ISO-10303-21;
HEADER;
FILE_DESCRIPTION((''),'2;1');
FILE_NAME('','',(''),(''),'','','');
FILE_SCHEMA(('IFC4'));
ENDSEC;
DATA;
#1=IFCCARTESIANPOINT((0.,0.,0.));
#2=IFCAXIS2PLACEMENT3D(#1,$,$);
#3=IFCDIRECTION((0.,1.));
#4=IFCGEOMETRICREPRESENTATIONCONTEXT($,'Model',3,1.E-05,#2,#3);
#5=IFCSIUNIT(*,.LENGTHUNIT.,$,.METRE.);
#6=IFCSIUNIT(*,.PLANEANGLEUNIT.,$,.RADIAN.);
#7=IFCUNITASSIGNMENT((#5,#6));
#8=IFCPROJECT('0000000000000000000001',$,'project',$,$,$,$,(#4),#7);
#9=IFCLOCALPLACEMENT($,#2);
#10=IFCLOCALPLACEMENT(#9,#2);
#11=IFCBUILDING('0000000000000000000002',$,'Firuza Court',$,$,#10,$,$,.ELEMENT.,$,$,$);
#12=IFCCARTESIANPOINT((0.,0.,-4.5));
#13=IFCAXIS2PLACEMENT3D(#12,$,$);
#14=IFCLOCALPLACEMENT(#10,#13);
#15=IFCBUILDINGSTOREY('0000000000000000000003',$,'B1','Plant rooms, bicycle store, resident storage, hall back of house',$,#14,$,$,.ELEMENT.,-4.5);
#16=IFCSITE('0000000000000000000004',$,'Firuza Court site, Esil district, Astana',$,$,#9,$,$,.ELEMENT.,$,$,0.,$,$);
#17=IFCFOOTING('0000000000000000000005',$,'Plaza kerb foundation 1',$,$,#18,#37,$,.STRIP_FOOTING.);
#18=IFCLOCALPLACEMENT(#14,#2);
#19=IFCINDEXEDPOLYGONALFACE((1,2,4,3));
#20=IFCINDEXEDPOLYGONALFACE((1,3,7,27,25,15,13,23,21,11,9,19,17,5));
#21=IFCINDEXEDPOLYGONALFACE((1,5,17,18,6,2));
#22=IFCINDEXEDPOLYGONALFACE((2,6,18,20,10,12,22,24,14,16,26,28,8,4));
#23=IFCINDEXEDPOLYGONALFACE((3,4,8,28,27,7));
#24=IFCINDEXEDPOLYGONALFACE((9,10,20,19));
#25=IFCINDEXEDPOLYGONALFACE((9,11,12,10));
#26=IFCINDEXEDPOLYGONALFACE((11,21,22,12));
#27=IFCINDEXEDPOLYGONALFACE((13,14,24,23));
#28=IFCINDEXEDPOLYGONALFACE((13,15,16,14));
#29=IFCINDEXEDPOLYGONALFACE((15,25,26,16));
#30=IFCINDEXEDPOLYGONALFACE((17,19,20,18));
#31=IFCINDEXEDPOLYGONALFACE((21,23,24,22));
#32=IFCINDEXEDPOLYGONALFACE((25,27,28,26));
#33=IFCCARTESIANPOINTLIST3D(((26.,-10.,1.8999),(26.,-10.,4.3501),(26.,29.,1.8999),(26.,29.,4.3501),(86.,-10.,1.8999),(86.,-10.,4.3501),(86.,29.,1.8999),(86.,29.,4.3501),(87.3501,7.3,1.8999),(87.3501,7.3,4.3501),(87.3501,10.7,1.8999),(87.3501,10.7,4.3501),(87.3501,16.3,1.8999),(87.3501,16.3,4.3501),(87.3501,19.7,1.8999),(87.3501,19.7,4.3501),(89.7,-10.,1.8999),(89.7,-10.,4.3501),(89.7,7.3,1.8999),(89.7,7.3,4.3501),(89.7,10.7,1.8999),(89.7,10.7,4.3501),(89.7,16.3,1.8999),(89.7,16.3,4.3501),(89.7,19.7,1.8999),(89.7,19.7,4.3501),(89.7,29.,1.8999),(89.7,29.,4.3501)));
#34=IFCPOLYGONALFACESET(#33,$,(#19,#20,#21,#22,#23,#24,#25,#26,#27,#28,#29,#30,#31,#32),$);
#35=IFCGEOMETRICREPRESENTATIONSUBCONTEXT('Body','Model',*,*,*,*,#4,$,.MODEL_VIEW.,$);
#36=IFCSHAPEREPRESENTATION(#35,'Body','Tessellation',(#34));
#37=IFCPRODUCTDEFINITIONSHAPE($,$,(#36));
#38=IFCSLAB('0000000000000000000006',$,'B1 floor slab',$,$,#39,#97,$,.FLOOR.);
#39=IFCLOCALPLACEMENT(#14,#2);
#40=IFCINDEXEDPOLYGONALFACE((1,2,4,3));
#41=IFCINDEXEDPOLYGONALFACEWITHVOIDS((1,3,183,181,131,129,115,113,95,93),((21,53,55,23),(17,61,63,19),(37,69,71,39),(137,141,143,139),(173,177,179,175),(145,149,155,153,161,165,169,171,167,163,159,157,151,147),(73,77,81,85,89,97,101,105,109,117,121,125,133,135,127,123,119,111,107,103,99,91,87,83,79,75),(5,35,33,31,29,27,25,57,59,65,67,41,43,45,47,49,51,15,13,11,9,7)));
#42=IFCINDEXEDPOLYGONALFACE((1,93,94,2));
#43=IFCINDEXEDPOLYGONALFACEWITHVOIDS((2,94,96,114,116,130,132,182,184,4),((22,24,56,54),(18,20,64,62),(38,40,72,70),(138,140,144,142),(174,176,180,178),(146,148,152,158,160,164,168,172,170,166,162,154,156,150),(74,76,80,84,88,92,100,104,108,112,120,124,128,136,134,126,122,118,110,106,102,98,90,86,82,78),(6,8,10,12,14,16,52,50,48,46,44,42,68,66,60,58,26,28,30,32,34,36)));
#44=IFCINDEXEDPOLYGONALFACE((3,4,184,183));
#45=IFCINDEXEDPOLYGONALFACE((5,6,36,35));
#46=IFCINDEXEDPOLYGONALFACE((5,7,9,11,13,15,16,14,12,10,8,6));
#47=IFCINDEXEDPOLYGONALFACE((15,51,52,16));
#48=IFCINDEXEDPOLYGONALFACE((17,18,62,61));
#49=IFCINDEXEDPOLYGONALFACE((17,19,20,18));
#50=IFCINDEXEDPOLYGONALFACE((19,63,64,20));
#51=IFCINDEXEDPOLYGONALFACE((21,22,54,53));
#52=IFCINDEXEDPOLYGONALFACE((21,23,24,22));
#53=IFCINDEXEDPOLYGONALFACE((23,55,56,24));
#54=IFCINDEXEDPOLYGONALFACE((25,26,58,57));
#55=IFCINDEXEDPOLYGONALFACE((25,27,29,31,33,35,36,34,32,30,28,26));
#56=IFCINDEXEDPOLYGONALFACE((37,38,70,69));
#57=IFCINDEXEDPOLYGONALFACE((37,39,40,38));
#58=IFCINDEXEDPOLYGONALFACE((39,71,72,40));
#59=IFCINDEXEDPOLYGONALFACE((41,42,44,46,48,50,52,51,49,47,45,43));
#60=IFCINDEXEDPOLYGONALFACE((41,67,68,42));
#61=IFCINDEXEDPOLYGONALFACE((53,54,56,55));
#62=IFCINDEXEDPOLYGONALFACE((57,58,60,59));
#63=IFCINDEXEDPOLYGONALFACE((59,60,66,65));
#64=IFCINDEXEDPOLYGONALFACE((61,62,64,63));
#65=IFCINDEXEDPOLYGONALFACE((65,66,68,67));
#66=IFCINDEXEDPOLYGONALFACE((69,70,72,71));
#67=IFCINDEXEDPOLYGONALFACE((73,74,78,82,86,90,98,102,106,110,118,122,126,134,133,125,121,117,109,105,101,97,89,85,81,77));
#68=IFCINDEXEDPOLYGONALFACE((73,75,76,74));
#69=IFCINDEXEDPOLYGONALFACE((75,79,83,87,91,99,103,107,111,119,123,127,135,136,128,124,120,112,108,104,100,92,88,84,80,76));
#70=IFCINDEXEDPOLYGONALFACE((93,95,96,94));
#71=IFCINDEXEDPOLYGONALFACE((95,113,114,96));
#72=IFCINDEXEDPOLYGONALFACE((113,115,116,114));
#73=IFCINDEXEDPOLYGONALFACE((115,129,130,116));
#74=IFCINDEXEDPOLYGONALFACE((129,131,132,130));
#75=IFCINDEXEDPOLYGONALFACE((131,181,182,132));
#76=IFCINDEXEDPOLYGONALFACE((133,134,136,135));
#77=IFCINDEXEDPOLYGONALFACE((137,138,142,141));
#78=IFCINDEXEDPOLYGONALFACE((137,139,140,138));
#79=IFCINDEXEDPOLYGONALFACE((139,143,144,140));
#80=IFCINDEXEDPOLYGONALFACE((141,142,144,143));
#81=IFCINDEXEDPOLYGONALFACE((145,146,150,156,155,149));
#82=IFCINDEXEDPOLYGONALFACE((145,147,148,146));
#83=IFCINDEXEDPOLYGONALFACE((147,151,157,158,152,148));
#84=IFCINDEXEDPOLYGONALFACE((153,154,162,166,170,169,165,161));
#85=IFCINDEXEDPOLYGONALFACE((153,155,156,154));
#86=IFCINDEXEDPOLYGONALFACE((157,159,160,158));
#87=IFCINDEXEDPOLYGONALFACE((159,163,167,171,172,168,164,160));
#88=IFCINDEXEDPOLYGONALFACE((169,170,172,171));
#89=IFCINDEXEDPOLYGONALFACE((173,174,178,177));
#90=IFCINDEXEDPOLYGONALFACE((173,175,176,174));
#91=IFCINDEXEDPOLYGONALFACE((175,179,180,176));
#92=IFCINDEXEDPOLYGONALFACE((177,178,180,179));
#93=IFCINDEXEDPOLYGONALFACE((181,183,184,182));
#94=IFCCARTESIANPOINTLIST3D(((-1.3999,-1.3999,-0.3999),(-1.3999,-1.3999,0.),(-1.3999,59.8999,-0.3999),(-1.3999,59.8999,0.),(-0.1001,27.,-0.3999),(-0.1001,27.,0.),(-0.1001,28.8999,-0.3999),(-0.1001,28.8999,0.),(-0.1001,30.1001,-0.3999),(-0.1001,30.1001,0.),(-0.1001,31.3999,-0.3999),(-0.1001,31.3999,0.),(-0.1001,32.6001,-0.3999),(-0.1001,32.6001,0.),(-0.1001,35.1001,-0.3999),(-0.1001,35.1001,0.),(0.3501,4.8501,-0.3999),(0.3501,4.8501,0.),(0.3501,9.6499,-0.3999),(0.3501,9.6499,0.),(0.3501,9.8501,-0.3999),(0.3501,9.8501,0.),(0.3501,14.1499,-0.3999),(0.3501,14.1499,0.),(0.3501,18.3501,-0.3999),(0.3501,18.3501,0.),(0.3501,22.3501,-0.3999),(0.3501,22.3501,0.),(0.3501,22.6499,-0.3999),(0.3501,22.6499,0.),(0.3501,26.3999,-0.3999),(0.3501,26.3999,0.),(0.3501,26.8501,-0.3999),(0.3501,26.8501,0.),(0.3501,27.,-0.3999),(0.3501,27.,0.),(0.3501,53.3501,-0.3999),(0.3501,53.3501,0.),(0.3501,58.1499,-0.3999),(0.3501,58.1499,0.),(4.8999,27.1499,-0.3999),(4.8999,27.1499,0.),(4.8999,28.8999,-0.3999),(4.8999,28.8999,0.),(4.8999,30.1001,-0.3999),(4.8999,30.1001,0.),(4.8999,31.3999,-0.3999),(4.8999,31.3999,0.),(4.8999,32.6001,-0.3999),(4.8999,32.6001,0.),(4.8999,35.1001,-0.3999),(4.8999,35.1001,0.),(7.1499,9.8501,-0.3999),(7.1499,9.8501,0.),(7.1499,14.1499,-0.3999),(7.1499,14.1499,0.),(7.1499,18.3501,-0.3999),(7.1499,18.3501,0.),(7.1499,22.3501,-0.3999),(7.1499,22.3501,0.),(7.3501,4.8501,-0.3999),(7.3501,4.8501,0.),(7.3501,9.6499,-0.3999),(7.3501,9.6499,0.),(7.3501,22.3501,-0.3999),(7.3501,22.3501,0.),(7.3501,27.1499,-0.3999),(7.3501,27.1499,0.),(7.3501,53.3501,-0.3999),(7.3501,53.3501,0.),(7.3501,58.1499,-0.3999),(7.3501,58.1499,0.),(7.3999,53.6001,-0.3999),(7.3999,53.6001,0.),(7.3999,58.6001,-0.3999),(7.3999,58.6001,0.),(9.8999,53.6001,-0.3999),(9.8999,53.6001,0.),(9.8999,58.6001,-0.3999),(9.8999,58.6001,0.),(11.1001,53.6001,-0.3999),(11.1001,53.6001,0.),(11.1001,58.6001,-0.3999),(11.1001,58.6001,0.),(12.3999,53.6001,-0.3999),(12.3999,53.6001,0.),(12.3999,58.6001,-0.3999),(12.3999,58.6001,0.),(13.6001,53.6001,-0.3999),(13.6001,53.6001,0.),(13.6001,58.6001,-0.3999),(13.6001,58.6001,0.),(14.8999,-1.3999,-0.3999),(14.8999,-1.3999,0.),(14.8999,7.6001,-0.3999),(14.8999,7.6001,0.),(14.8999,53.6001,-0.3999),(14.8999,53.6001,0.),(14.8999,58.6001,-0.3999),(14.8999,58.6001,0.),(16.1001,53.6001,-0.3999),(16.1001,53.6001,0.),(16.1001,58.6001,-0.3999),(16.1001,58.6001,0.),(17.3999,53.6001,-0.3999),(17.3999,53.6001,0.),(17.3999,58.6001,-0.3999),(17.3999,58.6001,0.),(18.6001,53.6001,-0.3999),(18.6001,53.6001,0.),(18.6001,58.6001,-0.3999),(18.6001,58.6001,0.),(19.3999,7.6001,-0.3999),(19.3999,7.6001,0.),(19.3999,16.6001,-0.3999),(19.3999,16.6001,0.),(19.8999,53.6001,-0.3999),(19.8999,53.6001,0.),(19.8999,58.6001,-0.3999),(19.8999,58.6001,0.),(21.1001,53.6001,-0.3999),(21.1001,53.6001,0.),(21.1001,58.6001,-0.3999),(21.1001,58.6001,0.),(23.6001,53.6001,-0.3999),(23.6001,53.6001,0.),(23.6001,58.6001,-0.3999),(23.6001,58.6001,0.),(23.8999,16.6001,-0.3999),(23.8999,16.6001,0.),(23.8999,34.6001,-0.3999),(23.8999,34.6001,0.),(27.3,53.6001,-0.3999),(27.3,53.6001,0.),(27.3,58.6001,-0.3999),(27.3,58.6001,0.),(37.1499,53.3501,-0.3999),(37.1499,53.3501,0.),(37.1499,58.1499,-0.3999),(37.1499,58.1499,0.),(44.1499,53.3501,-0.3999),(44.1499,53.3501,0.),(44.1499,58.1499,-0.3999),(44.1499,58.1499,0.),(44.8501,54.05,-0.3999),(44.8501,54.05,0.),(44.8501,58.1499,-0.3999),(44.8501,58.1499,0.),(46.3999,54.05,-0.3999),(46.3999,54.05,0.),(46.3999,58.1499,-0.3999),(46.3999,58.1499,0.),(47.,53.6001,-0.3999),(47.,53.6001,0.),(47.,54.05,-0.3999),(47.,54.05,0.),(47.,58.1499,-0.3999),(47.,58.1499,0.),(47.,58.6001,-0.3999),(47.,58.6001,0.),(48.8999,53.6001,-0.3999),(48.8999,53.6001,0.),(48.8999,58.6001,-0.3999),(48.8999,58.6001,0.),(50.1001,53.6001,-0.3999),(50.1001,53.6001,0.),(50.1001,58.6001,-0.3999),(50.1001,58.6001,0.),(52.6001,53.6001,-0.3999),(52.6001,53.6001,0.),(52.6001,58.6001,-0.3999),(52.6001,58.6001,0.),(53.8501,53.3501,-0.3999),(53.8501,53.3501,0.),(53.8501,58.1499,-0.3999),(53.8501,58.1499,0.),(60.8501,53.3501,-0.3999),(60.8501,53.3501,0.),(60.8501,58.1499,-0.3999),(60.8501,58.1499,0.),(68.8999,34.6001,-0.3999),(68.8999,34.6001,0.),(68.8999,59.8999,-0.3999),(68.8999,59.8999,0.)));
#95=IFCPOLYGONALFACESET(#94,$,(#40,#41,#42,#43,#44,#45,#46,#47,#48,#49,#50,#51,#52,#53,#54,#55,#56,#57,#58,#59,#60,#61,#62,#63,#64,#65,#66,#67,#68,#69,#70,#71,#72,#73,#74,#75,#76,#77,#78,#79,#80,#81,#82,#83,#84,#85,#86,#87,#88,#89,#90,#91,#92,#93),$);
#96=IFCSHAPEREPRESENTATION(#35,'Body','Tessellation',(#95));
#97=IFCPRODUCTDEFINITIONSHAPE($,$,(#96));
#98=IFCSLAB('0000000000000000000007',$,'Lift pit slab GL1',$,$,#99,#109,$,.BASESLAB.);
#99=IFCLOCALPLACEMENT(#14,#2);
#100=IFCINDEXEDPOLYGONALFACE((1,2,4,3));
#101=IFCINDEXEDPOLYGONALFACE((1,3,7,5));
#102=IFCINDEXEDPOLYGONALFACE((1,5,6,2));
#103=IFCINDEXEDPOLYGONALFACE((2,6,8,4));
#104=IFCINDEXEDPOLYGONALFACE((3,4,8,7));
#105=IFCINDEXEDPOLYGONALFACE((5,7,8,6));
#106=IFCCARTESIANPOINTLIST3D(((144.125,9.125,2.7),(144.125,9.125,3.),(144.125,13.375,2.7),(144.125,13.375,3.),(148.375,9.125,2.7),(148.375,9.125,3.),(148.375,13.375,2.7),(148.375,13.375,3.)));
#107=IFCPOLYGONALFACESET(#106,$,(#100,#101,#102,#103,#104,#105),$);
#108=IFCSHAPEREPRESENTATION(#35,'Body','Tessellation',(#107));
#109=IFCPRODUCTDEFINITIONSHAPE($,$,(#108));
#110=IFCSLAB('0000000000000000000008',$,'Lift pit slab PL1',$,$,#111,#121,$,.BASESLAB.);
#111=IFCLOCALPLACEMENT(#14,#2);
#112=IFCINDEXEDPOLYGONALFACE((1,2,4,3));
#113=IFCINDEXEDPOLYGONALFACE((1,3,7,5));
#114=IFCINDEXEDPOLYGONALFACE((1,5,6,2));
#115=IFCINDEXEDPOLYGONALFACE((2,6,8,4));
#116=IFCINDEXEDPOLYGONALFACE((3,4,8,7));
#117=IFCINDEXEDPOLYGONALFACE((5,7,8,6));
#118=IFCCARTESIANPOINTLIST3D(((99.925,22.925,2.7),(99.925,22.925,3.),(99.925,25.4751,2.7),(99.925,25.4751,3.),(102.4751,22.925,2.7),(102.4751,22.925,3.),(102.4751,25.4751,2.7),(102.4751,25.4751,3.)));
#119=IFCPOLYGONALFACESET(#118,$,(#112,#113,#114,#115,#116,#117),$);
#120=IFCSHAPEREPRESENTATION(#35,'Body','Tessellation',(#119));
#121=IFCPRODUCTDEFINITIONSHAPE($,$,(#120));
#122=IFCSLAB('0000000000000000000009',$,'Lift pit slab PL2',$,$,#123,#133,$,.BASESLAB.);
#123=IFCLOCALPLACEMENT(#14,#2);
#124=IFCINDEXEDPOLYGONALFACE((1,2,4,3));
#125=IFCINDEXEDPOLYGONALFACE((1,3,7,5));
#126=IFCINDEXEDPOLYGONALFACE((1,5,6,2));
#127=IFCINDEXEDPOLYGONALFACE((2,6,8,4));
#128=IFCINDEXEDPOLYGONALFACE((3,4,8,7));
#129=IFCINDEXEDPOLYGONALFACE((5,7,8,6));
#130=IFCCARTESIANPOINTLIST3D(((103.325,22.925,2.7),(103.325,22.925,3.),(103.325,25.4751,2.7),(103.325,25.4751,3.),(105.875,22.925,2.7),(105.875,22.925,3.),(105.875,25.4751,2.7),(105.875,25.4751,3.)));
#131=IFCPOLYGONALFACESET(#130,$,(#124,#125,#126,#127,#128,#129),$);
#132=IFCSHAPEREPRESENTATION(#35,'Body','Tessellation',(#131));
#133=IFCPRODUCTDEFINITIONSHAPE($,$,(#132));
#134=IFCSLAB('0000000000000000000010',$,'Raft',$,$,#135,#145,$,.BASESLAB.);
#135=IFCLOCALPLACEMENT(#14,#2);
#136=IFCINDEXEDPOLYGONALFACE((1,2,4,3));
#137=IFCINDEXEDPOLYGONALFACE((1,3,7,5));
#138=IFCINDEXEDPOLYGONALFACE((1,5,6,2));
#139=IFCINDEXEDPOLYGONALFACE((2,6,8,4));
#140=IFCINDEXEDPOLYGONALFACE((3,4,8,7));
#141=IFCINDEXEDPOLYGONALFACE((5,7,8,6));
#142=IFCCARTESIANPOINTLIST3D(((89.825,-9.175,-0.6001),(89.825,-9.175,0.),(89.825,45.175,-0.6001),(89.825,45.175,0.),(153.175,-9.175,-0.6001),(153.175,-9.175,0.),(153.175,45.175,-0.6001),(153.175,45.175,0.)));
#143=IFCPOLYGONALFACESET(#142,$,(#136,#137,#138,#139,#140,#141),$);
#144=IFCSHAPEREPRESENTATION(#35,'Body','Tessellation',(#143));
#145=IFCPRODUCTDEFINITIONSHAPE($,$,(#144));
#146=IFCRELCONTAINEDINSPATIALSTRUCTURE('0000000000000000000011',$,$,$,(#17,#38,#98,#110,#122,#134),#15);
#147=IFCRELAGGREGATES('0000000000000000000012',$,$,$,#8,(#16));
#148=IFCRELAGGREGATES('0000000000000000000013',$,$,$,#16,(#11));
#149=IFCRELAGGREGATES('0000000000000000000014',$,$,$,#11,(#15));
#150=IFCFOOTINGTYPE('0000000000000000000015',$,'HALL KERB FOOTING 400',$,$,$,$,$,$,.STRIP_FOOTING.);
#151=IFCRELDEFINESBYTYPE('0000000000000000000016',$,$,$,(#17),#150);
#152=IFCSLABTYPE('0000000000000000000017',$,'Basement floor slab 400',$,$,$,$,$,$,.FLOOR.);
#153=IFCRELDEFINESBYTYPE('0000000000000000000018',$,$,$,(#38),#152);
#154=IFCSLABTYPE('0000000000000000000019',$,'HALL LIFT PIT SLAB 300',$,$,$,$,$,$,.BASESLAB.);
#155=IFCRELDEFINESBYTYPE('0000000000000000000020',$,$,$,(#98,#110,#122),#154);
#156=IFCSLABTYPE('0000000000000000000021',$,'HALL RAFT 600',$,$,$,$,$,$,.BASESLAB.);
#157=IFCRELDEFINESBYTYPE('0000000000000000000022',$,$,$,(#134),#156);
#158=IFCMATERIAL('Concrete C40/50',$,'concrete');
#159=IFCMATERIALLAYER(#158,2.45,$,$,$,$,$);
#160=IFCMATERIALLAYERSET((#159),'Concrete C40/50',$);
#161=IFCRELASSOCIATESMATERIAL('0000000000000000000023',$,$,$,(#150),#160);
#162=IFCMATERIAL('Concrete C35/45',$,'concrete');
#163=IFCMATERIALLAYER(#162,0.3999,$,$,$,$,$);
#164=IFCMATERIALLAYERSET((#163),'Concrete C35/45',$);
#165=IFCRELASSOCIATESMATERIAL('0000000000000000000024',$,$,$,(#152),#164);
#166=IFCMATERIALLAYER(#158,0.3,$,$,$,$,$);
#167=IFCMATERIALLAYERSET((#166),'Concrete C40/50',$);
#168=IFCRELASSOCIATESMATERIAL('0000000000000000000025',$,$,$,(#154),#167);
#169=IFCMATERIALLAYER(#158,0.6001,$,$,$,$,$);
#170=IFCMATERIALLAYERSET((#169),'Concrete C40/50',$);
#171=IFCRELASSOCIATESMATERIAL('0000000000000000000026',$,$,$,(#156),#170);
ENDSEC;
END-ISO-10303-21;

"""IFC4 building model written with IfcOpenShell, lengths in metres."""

from ifc_helpers import new_model, si_unit, direction, frame, origin, place, context, subcontext, project, spatial, polyline, outline, extrude, material, layer, layer_set, type_object, element, save


model = new_model("IFC4")

# Units and contexts
model_context = context("Model", 3, precision=1e-05, world=origin(), true_north=direction((0.0, 1.0)))
body_context = subcontext(model_context, "Body", "Model", "MODEL_VIEW")
ifc_project = project(units=[si_unit("LENGTHUNIT", "METRE"), si_unit("PLANEANGLEUNIT", "RADIAN")], contexts=[model_context])

# Site, building, storey
site_placement = place(None, origin())
site = spatial("IfcSite", under=ifc_project, at=site_placement, Name="Firuza Court site, Esil district, Astana", CompositionType="ELEMENT", RefElevation=0.0)
building_placement = place(site_placement, origin())
building = spatial("IfcBuilding", under=site, at=building_placement, Name="Firuza Court", CompositionType="ELEMENT")
storey_placement = place(building_placement, frame((0.0, 0.0, -4.5)))
storey = spatial("IfcBuildingStorey", under=building, at=storey_placement, Name="B1", Description="Plant rooms, bicycle store, resident storage, hall back of house", CompositionType="ELEMENT", Elevation=-4.5)

# Footing
ifc_material_1 = material(Name="Concrete C40/50", Category="concrete")
ifc_layer_1 = layer(ifc_material_1, 2.45)
ifc_layer_set_1 = layer_set([ifc_layer_1], Name="Concrete C40/50")
footing_type = type_object("IfcFootingType", Name="HALL KERB FOOTING 400", PredefinedType="STRIP_FOOTING", material=ifc_layer_set_1)
footing_placement = place(storey_placement, frame((0.0, 0.0, 1.8999)))
element("IfcFooting", 1, at=footing_placement, inside=storey, type_object=footing_type, Name="Plaza kerb foundation 1", PredefinedType="STRIP_FOOTING", context=body_context, shape_type="SweptSolid", body=[
    extrude(outline(polyline([(89.7, 19.7), (87.3501, 19.7), (87.3501, 16.3), (89.7, 16.3), (89.7, 10.7), (87.3501, 10.7), (87.3501, 7.3), (89.7, 7.3), (89.7, -10.0), (86.0, -10.0), (26.0, -10.0), (26.0, 29.0), (86.0, 29.0), (89.7, 29.0), (89.7, 19.7)])), origin(), (0.0, 0.0, 1.0), 2.4502),
])

# Slabs
ifc_material_2 = material(Name="Concrete C35/45", Category="concrete")
ifc_layer_2 = layer(ifc_material_2, 0.3999)
ifc_layer_set_2 = layer_set([ifc_layer_2], Name="Concrete C35/45")
slab_type_1 = type_object("IfcSlabType", Name="Basement floor slab 400", PredefinedType="FLOOR", material=ifc_layer_set_2)
slab_1_placement = place(storey_placement, frame((0.0, 0.0, -0.3999)))
element("IfcSlab", 2, at=slab_1_placement, inside=storey, type_object=slab_type_1, Name="B1 floor slab", PredefinedType="FLOOR", context=body_context, shape_type="SweptSolid", body=[
    extrude(outline(polyline([(-1.3999, -1.3999), (14.8999, -1.3999), (14.8999, 7.6001), (19.3999, 7.6001), (19.3999, 16.6001), (23.8999, 16.6001), (23.8999, 34.6001), (68.8999, 34.6001), (68.8999, 59.8999), (-1.3999, 59.8999), (-1.3999, -1.3999)]), holes=[polyline([(7.3501, 9.6499), (7.3501, 4.8501), (0.3501, 4.8501), (0.3501, 9.6499), (7.3501, 9.6499)]), polyline([(7.1499, 14.1499), (7.1499, 9.8501), (0.3501, 9.8501), (0.3501, 14.1499), (7.1499, 14.1499)]), polyline([(-0.1001, 31.3999), (-0.1001, 32.6001), (-0.1001, 35.1001), (4.8999, 35.1001), (4.8999, 32.6001), (4.8999, 31.3999), (4.8999, 30.1001), (4.8999, 28.8999), (4.8999, 27.1499), (7.3501, 27.1499), (7.3501, 22.3501), (7.1499, 22.3501), (7.1499, 18.3501), (0.3501, 18.3501), (0.3501, 22.3501), (0.3501, 22.6499), (0.3501, 26.3999), (0.3501, 26.8501), (0.3501, 27.0), (-0.1001, 27.0), (-0.1001, 28.8999), (-0.1001, 30.1001), (-0.1001, 31.3999)]), polyline([(7.3501, 58.1499), (7.3501, 53.3501), (0.3501, 53.3501), (0.3501, 58.1499), (7.3501, 58.1499)]), polyline([(14.8999, 58.6001), (16.1001, 58.6001), (17.3999, 58.6001), (18.6001, 58.6001), (19.8999, 58.6001), (21.1001, 58.6001), (23.6001, 58.6001), (23.6001, 58.6001), (27.3, 58.6001), (27.3, 53.6001), (23.6001, 53.6001), (23.6001, 53.6001), (21.1001, 53.6001), (19.8999, 53.6001), (18.6001, 53.6001), (17.3999, 53.6001), (16.1001, 53.6001), (14.8999, 53.6001), (13.6001, 53.6001), (12.3999, 53.6001), (11.1001, 53.6001), (9.8999, 53.6001), (7.3999, 53.6001), (7.3999, 58.6001), (9.8999, 58.6001), (11.1001, 58.6001), (12.3999, 58.6001), (13.6001, 58.6001), (14.8999, 58.6001)]), polyline([(44.1499, 58.1499), (44.1499, 53.3501), (37.1499, 53.3501), (37.1499, 58.1499), (44.1499, 58.1499)]), polyline([(60.8501, 58.1499), (60.8501, 53.3501), (53.8501, 53.3501), (53.8501, 58.1499), (60.8501, 58.1499)]), polyline([(52.6001, 58.6001), (52.6001, 53.6001), (50.1001, 53.6001), (48.8999, 53.6001), (47.0, 53.6001), (47.0, 54.05), (46.3999, 54.05), (44.8501, 54.05), (44.8501, 58.1499), (46.3999, 58.1499), (47.0, 58.1499), (47.0, 58.6001), (48.8999, 58.6001), (50.1001, 58.6001), (52.6001, 58.6001)])]), origin(), (0.0, 0.0, 1.0), 0.3999),
])
ifc_layer_3 = layer(ifc_material_1, 0.3)
ifc_layer_set_3 = layer_set([ifc_layer_3], Name="Concrete C40/50")
slab_type_2 = type_object("IfcSlabType", Name="HALL LIFT PIT SLAB 300", PredefinedType="BASESLAB", material=ifc_layer_set_3)
slab_2_placement = place(storey_placement, frame((0.0, 0.0, 2.7)))
element("IfcSlab", 3, at=slab_2_placement, inside=storey, type_object=slab_type_2, Name="Lift pit slab GL1", PredefinedType="BASESLAB", context=body_context, shape_type="SweptSolid", body=[
    extrude(outline(polyline([(148.375, 9.125), (148.375, 13.375), (144.125, 13.375), (144.125, 9.125), (148.375, 9.125)])), origin(), (0.0, 0.0, 1.0), 0.3),
])
slab_3_placement = place(storey_placement, frame((0.0, 0.0, 2.7)))
element("IfcSlab", 4, at=slab_3_placement, inside=storey, type_object=slab_type_2, Name="Lift pit slab PL1", PredefinedType="BASESLAB", context=body_context, shape_type="SweptSolid", body=[
    extrude(outline(polyline([(102.4751, 22.925), (102.4751, 25.4751), (99.925, 25.4751), (99.925, 22.925), (102.4751, 22.925)])), origin(), (0.0, 0.0, 1.0), 0.3),
])
slab_4_placement = place(storey_placement, frame((0.0, 0.0, 2.7)))
element("IfcSlab", 5, at=slab_4_placement, inside=storey, type_object=slab_type_2, Name="Lift pit slab PL2", PredefinedType="BASESLAB", context=body_context, shape_type="SweptSolid", body=[
    extrude(outline(polyline([(105.875, 22.925), (105.875, 25.4751), (103.325, 25.4751), (103.325, 22.925), (105.875, 22.925)])), origin(), (0.0, 0.0, 1.0), 0.3),
])
ifc_layer_4 = layer(ifc_material_1, 0.6001)
ifc_layer_set_4 = layer_set([ifc_layer_4], Name="Concrete C40/50")
slab_type_3 = type_object("IfcSlabType", Name="HALL RAFT 600", PredefinedType="BASESLAB", material=ifc_layer_set_4)
slab_5_placement = place(storey_placement, frame((0.0, 0.0, -0.6001)))
element("IfcSlab", 6, at=slab_5_placement, inside=storey, type_object=slab_type_3, Name="Raft", PredefinedType="BASESLAB", context=body_context, shape_type="SweptSolid", body=[
    extrude(outline(polyline([(153.175, -9.175), (89.825, -9.175), (89.825, 45.175), (153.175, 45.175), (153.175, -9.175)])), origin(), (0.0, 0.0, 1.0), 0.6001),
])

save(model, "model.ifc")
